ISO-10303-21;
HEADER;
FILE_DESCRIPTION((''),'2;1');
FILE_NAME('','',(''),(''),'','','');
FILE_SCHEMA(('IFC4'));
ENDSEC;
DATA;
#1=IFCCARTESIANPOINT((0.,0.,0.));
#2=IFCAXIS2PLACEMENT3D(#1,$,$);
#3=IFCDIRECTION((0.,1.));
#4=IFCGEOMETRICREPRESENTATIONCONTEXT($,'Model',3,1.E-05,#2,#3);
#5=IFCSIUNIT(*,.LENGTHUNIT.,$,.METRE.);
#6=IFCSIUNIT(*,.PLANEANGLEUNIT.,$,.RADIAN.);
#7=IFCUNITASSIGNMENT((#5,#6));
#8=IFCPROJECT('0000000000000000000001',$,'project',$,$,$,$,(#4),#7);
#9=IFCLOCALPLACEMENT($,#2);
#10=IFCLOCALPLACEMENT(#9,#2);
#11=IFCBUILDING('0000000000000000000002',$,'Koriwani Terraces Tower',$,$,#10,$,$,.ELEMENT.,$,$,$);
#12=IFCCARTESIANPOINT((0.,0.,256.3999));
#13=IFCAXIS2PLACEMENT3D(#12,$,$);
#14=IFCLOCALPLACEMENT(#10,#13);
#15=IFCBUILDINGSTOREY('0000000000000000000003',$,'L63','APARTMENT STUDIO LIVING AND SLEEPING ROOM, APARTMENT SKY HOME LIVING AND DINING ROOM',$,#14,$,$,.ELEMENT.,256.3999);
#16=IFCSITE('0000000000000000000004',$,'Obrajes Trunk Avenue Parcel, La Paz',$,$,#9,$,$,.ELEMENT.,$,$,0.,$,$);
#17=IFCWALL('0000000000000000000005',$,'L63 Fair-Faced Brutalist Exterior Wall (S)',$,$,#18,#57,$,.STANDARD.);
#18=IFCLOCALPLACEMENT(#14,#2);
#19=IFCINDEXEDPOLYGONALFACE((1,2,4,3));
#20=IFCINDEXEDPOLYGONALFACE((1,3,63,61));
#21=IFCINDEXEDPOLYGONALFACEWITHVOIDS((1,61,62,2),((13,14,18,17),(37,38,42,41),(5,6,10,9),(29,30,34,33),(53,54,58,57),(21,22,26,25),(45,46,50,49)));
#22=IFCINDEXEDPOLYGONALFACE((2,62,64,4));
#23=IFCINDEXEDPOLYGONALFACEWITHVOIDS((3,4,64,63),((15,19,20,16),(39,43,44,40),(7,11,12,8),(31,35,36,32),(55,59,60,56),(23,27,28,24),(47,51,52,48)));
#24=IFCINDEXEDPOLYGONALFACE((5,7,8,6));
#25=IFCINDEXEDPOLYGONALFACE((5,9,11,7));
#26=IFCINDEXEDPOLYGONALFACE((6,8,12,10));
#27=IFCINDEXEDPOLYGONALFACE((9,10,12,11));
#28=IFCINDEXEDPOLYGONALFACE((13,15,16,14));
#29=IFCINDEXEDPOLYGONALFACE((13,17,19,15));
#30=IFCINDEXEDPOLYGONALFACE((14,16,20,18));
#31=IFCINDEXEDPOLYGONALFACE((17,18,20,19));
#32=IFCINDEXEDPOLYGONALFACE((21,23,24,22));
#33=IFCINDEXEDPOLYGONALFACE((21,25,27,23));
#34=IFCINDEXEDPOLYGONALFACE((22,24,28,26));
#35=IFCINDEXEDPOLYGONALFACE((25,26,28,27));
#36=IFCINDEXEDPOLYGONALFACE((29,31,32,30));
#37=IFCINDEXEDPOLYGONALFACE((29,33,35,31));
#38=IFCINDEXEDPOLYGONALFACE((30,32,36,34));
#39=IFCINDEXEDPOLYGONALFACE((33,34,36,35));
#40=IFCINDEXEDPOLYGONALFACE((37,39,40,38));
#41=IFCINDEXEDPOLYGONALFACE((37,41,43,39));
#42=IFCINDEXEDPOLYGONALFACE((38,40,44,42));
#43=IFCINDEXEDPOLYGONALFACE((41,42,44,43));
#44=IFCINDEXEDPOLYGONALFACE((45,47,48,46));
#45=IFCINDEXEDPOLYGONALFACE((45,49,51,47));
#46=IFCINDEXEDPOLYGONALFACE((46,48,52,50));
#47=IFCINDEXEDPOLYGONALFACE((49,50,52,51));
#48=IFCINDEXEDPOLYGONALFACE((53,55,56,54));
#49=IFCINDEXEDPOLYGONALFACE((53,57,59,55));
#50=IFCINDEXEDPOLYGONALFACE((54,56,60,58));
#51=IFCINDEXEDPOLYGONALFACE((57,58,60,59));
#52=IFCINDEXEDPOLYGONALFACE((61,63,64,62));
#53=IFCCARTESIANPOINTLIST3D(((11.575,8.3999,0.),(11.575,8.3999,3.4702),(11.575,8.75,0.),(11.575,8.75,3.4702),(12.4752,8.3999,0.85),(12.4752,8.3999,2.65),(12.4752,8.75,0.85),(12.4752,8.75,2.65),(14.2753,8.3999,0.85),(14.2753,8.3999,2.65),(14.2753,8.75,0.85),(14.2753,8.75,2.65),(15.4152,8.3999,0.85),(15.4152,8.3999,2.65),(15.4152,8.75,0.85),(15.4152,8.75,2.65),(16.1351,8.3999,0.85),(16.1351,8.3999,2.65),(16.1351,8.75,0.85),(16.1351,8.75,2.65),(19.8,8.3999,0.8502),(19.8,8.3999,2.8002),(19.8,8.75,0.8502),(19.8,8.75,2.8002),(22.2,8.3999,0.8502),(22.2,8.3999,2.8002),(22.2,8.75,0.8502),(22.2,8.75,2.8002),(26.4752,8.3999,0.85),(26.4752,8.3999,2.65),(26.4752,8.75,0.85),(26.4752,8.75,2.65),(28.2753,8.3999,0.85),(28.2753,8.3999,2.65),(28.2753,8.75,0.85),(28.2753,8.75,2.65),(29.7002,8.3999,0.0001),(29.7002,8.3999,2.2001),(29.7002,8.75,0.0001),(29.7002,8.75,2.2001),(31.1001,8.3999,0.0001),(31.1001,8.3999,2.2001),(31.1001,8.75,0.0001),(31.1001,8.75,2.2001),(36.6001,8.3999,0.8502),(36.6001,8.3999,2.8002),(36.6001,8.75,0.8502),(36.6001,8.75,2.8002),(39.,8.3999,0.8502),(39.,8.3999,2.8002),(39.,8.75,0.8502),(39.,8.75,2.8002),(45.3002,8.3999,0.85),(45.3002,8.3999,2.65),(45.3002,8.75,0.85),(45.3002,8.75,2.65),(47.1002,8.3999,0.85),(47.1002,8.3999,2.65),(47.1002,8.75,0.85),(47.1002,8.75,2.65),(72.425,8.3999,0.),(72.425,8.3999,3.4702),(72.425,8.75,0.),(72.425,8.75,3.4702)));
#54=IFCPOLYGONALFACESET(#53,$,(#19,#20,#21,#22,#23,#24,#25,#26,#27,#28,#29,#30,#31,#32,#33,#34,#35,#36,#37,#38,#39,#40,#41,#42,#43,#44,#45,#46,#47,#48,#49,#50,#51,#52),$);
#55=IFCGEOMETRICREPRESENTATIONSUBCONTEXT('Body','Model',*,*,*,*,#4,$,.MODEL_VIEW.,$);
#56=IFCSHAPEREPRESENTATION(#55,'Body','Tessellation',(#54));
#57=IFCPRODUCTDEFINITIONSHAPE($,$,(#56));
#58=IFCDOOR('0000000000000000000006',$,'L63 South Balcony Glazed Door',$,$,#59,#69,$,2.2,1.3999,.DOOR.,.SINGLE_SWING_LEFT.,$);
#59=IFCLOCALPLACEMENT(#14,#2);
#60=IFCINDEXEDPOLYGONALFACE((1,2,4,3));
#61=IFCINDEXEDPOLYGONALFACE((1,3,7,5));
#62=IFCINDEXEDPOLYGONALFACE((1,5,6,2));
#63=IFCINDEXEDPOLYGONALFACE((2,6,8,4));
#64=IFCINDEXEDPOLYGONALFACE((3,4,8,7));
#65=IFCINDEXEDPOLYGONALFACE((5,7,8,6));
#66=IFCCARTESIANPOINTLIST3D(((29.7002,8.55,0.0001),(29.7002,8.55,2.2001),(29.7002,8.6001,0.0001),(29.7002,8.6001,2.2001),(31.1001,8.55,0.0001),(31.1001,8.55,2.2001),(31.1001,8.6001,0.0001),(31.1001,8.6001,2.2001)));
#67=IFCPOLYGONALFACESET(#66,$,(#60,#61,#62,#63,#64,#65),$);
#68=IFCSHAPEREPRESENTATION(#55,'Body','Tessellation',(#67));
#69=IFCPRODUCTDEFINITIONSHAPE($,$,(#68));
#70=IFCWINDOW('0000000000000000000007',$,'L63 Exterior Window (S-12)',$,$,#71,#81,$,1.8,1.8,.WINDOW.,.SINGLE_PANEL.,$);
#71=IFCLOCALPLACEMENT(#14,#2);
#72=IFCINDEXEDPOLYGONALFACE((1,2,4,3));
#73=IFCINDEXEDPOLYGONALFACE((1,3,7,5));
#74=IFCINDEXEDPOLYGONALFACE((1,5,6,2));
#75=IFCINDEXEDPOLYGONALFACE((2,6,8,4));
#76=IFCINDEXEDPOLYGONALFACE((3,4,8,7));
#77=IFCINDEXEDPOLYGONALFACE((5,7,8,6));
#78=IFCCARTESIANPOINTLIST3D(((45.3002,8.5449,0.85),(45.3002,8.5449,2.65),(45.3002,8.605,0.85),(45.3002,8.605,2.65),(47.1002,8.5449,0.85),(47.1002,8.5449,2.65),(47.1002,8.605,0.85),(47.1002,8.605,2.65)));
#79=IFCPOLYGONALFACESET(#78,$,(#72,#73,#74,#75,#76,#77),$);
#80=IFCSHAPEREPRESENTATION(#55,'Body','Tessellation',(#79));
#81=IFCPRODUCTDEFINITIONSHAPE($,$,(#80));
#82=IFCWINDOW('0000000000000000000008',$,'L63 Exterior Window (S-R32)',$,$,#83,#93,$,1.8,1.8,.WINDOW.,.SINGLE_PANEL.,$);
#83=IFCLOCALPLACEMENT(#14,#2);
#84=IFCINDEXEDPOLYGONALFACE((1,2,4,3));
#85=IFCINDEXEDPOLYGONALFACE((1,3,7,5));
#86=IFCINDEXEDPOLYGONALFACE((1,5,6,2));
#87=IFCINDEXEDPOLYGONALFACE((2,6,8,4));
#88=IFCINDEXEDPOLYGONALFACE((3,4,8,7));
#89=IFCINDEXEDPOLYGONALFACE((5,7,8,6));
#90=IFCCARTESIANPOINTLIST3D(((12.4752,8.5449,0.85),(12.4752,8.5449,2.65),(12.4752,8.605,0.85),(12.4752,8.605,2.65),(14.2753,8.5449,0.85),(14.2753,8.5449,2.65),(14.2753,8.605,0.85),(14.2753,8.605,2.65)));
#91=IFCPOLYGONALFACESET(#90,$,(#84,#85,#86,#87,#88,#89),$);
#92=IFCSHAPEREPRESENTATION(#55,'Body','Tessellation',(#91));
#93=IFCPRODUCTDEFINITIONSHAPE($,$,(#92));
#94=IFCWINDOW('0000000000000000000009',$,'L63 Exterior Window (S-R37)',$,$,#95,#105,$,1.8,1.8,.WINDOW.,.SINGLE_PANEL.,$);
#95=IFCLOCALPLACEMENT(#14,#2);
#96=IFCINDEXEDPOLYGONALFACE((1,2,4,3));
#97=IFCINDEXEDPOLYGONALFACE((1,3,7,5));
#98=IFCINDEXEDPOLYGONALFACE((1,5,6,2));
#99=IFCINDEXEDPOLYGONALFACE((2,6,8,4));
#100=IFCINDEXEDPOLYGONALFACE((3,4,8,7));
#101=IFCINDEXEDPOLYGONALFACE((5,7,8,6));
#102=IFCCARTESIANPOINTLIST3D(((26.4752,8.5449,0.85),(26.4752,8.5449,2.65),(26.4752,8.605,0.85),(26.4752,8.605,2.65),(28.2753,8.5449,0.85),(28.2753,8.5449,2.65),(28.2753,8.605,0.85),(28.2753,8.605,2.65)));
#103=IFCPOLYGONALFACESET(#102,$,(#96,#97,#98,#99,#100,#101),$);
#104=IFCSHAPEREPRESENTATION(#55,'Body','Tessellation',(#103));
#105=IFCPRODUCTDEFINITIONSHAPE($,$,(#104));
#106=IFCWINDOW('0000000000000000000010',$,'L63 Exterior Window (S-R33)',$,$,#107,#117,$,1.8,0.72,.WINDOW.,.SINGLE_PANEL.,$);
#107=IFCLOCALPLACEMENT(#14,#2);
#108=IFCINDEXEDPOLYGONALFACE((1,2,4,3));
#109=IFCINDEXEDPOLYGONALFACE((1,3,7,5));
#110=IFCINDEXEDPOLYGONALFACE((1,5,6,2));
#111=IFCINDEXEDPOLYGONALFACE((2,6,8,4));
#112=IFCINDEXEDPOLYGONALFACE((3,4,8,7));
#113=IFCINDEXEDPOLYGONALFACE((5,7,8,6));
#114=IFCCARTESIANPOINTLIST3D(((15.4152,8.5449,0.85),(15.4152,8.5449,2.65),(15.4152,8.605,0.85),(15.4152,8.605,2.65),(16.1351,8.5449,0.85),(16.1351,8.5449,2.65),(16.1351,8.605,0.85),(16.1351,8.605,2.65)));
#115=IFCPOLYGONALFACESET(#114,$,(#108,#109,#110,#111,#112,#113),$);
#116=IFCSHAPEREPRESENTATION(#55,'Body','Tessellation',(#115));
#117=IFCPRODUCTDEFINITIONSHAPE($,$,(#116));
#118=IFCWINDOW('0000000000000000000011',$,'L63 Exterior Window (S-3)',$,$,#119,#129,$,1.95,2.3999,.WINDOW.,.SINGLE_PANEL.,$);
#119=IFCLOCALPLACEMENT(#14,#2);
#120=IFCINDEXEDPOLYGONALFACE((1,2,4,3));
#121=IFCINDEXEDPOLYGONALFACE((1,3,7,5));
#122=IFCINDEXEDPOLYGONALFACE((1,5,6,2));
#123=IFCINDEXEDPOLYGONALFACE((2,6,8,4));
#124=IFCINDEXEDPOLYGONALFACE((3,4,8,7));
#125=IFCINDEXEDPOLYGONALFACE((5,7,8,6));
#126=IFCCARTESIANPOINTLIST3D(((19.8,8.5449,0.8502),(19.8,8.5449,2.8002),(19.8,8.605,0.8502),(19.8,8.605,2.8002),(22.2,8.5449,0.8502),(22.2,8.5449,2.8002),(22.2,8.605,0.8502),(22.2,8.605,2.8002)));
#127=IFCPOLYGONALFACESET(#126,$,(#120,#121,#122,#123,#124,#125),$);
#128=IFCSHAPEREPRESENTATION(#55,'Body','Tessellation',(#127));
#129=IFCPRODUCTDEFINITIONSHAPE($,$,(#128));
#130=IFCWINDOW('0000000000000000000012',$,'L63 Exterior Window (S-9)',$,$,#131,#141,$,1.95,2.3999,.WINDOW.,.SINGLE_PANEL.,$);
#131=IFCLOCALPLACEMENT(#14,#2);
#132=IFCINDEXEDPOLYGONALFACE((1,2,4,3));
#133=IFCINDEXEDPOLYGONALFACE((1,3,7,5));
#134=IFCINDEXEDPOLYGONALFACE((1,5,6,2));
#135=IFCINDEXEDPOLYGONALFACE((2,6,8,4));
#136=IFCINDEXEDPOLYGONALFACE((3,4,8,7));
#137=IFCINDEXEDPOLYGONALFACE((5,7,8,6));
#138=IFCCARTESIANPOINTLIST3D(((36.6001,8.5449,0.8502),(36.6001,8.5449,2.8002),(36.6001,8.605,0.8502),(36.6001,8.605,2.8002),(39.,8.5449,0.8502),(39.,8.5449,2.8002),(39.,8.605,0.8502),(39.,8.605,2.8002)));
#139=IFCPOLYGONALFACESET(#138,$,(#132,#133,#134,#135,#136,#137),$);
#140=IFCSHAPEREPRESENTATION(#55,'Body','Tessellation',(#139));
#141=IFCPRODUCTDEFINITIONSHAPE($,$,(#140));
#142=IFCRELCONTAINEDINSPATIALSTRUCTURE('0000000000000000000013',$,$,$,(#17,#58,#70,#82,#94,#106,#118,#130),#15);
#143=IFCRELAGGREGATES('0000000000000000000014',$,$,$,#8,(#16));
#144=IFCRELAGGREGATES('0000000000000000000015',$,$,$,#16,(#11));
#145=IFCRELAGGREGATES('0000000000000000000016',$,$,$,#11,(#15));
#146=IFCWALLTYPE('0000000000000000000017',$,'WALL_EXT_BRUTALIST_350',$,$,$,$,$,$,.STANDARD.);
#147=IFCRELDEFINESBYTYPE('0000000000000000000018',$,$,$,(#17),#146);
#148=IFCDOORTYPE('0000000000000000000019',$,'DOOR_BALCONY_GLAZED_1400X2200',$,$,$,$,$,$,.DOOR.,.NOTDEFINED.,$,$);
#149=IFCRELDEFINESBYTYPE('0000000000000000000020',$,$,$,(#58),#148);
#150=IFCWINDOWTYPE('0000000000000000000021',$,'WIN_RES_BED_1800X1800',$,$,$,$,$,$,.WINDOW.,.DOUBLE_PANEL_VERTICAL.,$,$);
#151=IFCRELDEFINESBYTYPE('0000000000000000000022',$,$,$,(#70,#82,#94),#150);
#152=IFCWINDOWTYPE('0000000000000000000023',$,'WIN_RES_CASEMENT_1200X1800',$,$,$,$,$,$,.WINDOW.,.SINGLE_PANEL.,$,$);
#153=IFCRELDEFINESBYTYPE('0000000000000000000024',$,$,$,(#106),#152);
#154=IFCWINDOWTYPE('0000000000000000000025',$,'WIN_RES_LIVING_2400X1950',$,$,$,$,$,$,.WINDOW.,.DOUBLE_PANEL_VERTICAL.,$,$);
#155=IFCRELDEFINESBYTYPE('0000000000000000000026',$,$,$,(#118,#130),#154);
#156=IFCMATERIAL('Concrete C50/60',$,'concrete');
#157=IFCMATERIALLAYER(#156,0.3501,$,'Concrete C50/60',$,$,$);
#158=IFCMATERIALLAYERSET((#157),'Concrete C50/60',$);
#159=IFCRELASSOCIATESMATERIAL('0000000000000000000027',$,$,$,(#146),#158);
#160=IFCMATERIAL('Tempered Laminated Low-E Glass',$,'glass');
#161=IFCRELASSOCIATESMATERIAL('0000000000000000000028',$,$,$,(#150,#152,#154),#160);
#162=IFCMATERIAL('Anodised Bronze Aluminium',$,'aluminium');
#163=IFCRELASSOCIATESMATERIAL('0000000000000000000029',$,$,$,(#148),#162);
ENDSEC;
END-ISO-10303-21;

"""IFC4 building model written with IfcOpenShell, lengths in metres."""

from ifc_helpers import new_model, si_unit, direction, frame, frame_2d, origin, place, context, subcontext, project, spatial, rectangle, extrude, material, layer, layer_set, type_object, element, fill, save


model = new_model("IFC4")

# Units and contexts
model_context = context("Model", 3, precision=1e-05, world=origin(), true_north=direction((0.0, 1.0)))
body_context = subcontext(model_context, "Body", "Model", "MODEL_VIEW")
ifc_project = project(units=[si_unit("LENGTHUNIT", "METRE"), si_unit("PLANEANGLEUNIT", "RADIAN")], contexts=[model_context])

# Site, building, storey
site_placement = place(None, origin())
site = spatial("IfcSite", under=ifc_project, at=site_placement, Name="Obrajes Trunk Avenue Parcel, La Paz", CompositionType="ELEMENT", RefElevation=0.0)
building_placement = place(site_placement, origin())
building = spatial("IfcBuilding", under=site, at=building_placement, Name="Koriwani Terraces Tower", CompositionType="ELEMENT")
storey_placement = place(building_placement, frame((0.0, 0.0, 256.3999)))
storey = spatial("IfcBuildingStorey", under=building, at=storey_placement, Name="L63", Description="APARTMENT STUDIO LIVING AND SLEEPING ROOM, APARTMENT SKY HOME LIVING AND DINING ROOM", CompositionType="ELEMENT", Elevation=256.3999)

# Shared definitions
ifc_material_1 = material(Name="Concrete C50/60", Category="concrete")

# Shared definitions
ifc_layer_1 = layer(ifc_material_1, 0.3501, Name="Concrete C50/60")
ifc_layer_set_1 = layer_set([ifc_layer_1], Name="Concrete C50/60")
wall_type_1 = type_object("IfcWallType", Name="WALL_EXT_BRUTALIST_350", PredefinedType="STANDARD", material=ifc_layer_set_1)
ifc_material_2 = material(Name="Tempered Laminated Low-E Glass", Category="glass")
window_type_1 = type_object("IfcWindowType", Name="WIN_RES_BED_1800X1800", PartitioningType="DOUBLE_PANEL_VERTICAL", PredefinedType="WINDOW", material=ifc_material_2)

# Wall, openings, door, windows
wall_1_placement = place(storey_placement, frame((72.425, 8.575, 0.0), z_axis=(0.0, 0.0, 1.0), x_axis=(-1.0, 0.0, 0.0)))
wall_1 = element("IfcWall", 1, at=wall_1_placement, inside=storey, type_object=wall_type_1, Name="L63 Fair-Faced Brutalist Exterior Wall (S)", PredefinedType="STANDARD", context=body_context, shape_type="SweptSolid", body=[
    extrude(rectangle(XDim=60.8501, YDim=0.3501, at=frame_2d((30.425, 0.0))), origin(), (0.0, 0.0, 1.0), 3.4702),
])
opening_1_placement = place(wall_1_placement, frame((41.325, 0.0, 0.0)))
opening_1 = element("IfcOpeningElement", 2, at=opening_1_placement, cuts=wall_1, PredefinedType="OPENING", context=body_context, shape_type="SweptSolid", body=[
    extrude(rectangle(XDim=1.3999, YDim=2.2, at=frame_2d((0.7, 1.1001))), frame((0.0, 0.1851, 0.0), z_axis=(0.0, -1.0, 0.0), x_axis=(1.0, 0.0, 0.0)), (0.0, 0.0, 1.0), 0.3701),
])
opening_2_placement = place(wall_1_placement, frame((50.2251, 0.0, 0.8501)))
opening_2 = element("IfcOpeningElement", 3, at=opening_2_placement, cuts=wall_1, PredefinedType="OPENING", context=body_context, shape_type="SweptSolid", body=[
    extrude(rectangle(XDim=2.3999, YDim=1.95, at=frame_2d((1.2, 0.9751))), frame((0.0, 0.1851, 0.0), z_axis=(0.0, -1.0, 0.0), x_axis=(1.0, 0.0, 0.0)), (0.0, 0.0, 1.0), 0.3701),
])
opening_3_placement = place(wall_1_placement, frame((33.425, 0.0, 0.8501)))
opening_3 = element("IfcOpeningElement", 4, at=opening_3_placement, cuts=wall_1, PredefinedType="OPENING", context=body_context, shape_type="SweptSolid", body=[
    extrude(rectangle(XDim=2.3999, YDim=1.95, at=frame_2d((1.2, 0.9751))), frame((0.0, 0.1851, 0.0), z_axis=(0.0, -1.0, 0.0), x_axis=(1.0, 0.0, 0.0)), (0.0, 0.0, 1.0), 0.3701),
])
opening_4_placement = place(wall_1_placement, frame((25.325, 0.0, 0.8501)))
opening_4 = element("IfcOpeningElement", 5, at=opening_4_placement, cuts=wall_1, PredefinedType="OPENING", context=body_context, shape_type="SweptSolid", body=[
    extrude(rectangle(XDim=1.8, YDim=1.8, at=frame_2d((0.8999, 0.8999))), frame((0.0, 0.1851, 0.0), z_axis=(0.0, -1.0, 0.0), x_axis=(1.0, 0.0, 0.0)), (0.0, 0.0, 1.0), 0.3701),
])
opening_5_placement = place(wall_1_placement, frame((58.1499, 0.0, 0.8501)))
opening_5 = element("IfcOpeningElement", 6, at=opening_5_placement, cuts=wall_1, PredefinedType="OPENING", context=body_context, shape_type="SweptSolid", body=[
    extrude(rectangle(XDim=1.8, YDim=1.8, at=frame_2d((0.8999, 0.8999))), frame((0.0, 0.1851, 0.0), z_axis=(0.0, -1.0, 0.0), x_axis=(1.0, 0.0, 0.0)), (0.0, 0.0, 1.0), 0.3701),
])
opening_6_placement = place(wall_1_placement, frame((56.29, 0.0, 0.8501)))
opening_6 = element("IfcOpeningElement", 7, at=opening_6_placement, cuts=wall_1, PredefinedType="OPENING", context=body_context, shape_type="SweptSolid", body=[
    extrude(rectangle(XDim=0.72, YDim=1.8, at=frame_2d((0.3599, 0.8999))), frame((0.0, 0.1851, 0.0), z_axis=(0.0, -1.0, 0.0), x_axis=(1.0, 0.0, 0.0)), (0.0, 0.0, 1.0), 0.3701),
])
opening_7_placement = place(wall_1_placement, frame((44.1499, 0.0, 0.8501)))
opening_7 = element("IfcOpeningElement", 8, at=opening_7_placement, cuts=wall_1, PredefinedType="OPENING", context=body_context, shape_type="SweptSolid", body=[
    extrude(rectangle(XDim=1.8, YDim=1.8, at=frame_2d((0.8999, 0.8999))), frame((0.0, 0.1851, 0.0), z_axis=(0.0, -1.0, 0.0), x_axis=(1.0, 0.0, 0.0)), (0.0, 0.0, 1.0), 0.3701),
])
ifc_material_3 = material(Name="Anodised Bronze Aluminium", Category="aluminium")
door_type_1 = type_object("IfcDoorType", Name="DOOR_BALCONY_GLAZED_1400X2200", OperationType="NOTDEFINED", PredefinedType="DOOR", material=ifc_material_3)
door_1_placement = place(opening_1_placement, origin())
door_1 = element("IfcDoor", 9, at=door_1_placement, inside=storey, type_object=door_type_1, Name="L63 South Balcony Glazed Door", OperationType="SINGLE_SWING_LEFT", OverallHeight=2.2, OverallWidth=1.3999, PredefinedType="DOOR", context=body_context, shape_type="SweptSolid", body=[
    extrude(rectangle(XDim=1.3999, YDim=2.2, at=frame_2d((0.7, 1.1001))), frame((0.0, 0.0249, 0.0), z_axis=(0.0, -1.0, 0.0), x_axis=(1.0, 0.0, 0.0)), (0.0, 0.0, 1.0), 0.05),
])
fill(opening_1, door_1)
window_1_placement = place(opening_4_placement, origin())
window_1 = element("IfcWindow", 10, at=window_1_placement, inside=storey, type_object=window_type_1, Name="L63 Exterior Window (S-12)", OverallHeight=1.8, OverallWidth=1.8, PartitioningType="SINGLE_PANEL", PredefinedType="WINDOW", context=body_context, shape_type="SweptSolid", body=[
    extrude(rectangle(XDim=1.8, YDim=1.8, at=frame_2d((0.8999, 0.8999))), frame((0.0, 0.03, 0.0), z_axis=(0.0, -1.0, 0.0), x_axis=(1.0, 0.0, 0.0)), (0.0, 0.0, 1.0), 0.0601),
])
fill(opening_4, window_1)
window_2_placement = place(opening_5_placement, origin())
window_2 = element("IfcWindow", 11, at=window_2_placement, inside=storey, type_object=window_type_1, Name="L63 Exterior Window (S-R32)", OverallHeight=1.8, OverallWidth=1.8, PartitioningType="SINGLE_PANEL", PredefinedType="WINDOW", context=body_context, shape_type="SweptSolid", body=[
    extrude(rectangle(XDim=1.8, YDim=1.8, at=frame_2d((0.8999, 0.8999))), frame((0.0, 0.03, 0.0), z_axis=(0.0, -1.0, 0.0), x_axis=(1.0, 0.0, 0.0)), (0.0, 0.0, 1.0), 0.0601),
])
fill(opening_5, window_2)
window_3_placement = place(opening_7_placement, origin())
window_3 = element("IfcWindow", 12, at=window_3_placement, inside=storey, type_object=window_type_1, Name="L63 Exterior Window (S-R37)", OverallHeight=1.8, OverallWidth=1.8, PartitioningType="SINGLE_PANEL", PredefinedType="WINDOW", context=body_context, shape_type="SweptSolid", body=[
    extrude(rectangle(XDim=1.8, YDim=1.8, at=frame_2d((0.8999, 0.8999))), frame((0.0, 0.03, 0.0), z_axis=(0.0, -1.0, 0.0), x_axis=(1.0, 0.0, 0.0)), (0.0, 0.0, 1.0), 0.0601),
])
fill(opening_7, window_3)
window_type_2 = type_object("IfcWindowType", Name="WIN_RES_CASEMENT_1200X1800", PartitioningType="SINGLE_PANEL", PredefinedType="WINDOW", material=ifc_material_2)
window_4_placement = place(opening_6_placement, origin())
window_4 = element("IfcWindow", 13, at=window_4_placement, inside=storey, type_object=window_type_2, Name="L63 Exterior Window (S-R33)", OverallHeight=1.8, OverallWidth=0.72, PartitioningType="SINGLE_PANEL", PredefinedType="WINDOW", context=body_context, shape_type="SweptSolid", body=[
    extrude(rectangle(XDim=0.72, YDim=1.8, at=frame_2d((0.3599, 0.8999))), frame((0.0, 0.03, 0.0), z_axis=(0.0, -1.0, 0.0), x_axis=(1.0, 0.0, 0.0)), (0.0, 0.0, 1.0), 0.0601),
])
fill(opening_6, window_4)
window_type_3 = type_object("IfcWindowType", Name="WIN_RES_LIVING_2400X1950", PartitioningType="DOUBLE_PANEL_VERTICAL", PredefinedType="WINDOW", material=ifc_material_2)
window_5_placement = place(opening_2_placement, origin())
window_5 = element("IfcWindow", 14, at=window_5_placement, inside=storey, type_object=window_type_3, Name="L63 Exterior Window (S-3)", OverallHeight=1.95, OverallWidth=2.3999, PartitioningType="SINGLE_PANEL", PredefinedType="WINDOW", context=body_context, shape_type="SweptSolid", body=[
    extrude(rectangle(XDim=2.3999, YDim=1.95, at=frame_2d((1.2, 0.9751))), frame((0.0, 0.03, 0.0), z_axis=(0.0, -1.0, 0.0), x_axis=(1.0, 0.0, 0.0)), (0.0, 0.0, 1.0), 0.0601),
])
fill(opening_2, window_5)
window_6_placement = place(opening_3_placement, origin())
window_6 = element("IfcWindow", 15, at=window_6_placement, inside=storey, type_object=window_type_3, Name="L63 Exterior Window (S-9)", OverallHeight=1.95, OverallWidth=2.3999, PartitioningType="SINGLE_PANEL", PredefinedType="WINDOW", context=body_context, shape_type="SweptSolid", body=[
    extrude(rectangle(XDim=2.3999, YDim=1.95, at=frame_2d((1.2, 0.9751))), frame((0.0, 0.03, 0.0), z_axis=(0.0, -1.0, 0.0), x_axis=(1.0, 0.0, 0.0)), (0.0, 0.0, 1.0), 0.0601),
])
fill(opening_3, window_6)

save(model, "model.ifc")
